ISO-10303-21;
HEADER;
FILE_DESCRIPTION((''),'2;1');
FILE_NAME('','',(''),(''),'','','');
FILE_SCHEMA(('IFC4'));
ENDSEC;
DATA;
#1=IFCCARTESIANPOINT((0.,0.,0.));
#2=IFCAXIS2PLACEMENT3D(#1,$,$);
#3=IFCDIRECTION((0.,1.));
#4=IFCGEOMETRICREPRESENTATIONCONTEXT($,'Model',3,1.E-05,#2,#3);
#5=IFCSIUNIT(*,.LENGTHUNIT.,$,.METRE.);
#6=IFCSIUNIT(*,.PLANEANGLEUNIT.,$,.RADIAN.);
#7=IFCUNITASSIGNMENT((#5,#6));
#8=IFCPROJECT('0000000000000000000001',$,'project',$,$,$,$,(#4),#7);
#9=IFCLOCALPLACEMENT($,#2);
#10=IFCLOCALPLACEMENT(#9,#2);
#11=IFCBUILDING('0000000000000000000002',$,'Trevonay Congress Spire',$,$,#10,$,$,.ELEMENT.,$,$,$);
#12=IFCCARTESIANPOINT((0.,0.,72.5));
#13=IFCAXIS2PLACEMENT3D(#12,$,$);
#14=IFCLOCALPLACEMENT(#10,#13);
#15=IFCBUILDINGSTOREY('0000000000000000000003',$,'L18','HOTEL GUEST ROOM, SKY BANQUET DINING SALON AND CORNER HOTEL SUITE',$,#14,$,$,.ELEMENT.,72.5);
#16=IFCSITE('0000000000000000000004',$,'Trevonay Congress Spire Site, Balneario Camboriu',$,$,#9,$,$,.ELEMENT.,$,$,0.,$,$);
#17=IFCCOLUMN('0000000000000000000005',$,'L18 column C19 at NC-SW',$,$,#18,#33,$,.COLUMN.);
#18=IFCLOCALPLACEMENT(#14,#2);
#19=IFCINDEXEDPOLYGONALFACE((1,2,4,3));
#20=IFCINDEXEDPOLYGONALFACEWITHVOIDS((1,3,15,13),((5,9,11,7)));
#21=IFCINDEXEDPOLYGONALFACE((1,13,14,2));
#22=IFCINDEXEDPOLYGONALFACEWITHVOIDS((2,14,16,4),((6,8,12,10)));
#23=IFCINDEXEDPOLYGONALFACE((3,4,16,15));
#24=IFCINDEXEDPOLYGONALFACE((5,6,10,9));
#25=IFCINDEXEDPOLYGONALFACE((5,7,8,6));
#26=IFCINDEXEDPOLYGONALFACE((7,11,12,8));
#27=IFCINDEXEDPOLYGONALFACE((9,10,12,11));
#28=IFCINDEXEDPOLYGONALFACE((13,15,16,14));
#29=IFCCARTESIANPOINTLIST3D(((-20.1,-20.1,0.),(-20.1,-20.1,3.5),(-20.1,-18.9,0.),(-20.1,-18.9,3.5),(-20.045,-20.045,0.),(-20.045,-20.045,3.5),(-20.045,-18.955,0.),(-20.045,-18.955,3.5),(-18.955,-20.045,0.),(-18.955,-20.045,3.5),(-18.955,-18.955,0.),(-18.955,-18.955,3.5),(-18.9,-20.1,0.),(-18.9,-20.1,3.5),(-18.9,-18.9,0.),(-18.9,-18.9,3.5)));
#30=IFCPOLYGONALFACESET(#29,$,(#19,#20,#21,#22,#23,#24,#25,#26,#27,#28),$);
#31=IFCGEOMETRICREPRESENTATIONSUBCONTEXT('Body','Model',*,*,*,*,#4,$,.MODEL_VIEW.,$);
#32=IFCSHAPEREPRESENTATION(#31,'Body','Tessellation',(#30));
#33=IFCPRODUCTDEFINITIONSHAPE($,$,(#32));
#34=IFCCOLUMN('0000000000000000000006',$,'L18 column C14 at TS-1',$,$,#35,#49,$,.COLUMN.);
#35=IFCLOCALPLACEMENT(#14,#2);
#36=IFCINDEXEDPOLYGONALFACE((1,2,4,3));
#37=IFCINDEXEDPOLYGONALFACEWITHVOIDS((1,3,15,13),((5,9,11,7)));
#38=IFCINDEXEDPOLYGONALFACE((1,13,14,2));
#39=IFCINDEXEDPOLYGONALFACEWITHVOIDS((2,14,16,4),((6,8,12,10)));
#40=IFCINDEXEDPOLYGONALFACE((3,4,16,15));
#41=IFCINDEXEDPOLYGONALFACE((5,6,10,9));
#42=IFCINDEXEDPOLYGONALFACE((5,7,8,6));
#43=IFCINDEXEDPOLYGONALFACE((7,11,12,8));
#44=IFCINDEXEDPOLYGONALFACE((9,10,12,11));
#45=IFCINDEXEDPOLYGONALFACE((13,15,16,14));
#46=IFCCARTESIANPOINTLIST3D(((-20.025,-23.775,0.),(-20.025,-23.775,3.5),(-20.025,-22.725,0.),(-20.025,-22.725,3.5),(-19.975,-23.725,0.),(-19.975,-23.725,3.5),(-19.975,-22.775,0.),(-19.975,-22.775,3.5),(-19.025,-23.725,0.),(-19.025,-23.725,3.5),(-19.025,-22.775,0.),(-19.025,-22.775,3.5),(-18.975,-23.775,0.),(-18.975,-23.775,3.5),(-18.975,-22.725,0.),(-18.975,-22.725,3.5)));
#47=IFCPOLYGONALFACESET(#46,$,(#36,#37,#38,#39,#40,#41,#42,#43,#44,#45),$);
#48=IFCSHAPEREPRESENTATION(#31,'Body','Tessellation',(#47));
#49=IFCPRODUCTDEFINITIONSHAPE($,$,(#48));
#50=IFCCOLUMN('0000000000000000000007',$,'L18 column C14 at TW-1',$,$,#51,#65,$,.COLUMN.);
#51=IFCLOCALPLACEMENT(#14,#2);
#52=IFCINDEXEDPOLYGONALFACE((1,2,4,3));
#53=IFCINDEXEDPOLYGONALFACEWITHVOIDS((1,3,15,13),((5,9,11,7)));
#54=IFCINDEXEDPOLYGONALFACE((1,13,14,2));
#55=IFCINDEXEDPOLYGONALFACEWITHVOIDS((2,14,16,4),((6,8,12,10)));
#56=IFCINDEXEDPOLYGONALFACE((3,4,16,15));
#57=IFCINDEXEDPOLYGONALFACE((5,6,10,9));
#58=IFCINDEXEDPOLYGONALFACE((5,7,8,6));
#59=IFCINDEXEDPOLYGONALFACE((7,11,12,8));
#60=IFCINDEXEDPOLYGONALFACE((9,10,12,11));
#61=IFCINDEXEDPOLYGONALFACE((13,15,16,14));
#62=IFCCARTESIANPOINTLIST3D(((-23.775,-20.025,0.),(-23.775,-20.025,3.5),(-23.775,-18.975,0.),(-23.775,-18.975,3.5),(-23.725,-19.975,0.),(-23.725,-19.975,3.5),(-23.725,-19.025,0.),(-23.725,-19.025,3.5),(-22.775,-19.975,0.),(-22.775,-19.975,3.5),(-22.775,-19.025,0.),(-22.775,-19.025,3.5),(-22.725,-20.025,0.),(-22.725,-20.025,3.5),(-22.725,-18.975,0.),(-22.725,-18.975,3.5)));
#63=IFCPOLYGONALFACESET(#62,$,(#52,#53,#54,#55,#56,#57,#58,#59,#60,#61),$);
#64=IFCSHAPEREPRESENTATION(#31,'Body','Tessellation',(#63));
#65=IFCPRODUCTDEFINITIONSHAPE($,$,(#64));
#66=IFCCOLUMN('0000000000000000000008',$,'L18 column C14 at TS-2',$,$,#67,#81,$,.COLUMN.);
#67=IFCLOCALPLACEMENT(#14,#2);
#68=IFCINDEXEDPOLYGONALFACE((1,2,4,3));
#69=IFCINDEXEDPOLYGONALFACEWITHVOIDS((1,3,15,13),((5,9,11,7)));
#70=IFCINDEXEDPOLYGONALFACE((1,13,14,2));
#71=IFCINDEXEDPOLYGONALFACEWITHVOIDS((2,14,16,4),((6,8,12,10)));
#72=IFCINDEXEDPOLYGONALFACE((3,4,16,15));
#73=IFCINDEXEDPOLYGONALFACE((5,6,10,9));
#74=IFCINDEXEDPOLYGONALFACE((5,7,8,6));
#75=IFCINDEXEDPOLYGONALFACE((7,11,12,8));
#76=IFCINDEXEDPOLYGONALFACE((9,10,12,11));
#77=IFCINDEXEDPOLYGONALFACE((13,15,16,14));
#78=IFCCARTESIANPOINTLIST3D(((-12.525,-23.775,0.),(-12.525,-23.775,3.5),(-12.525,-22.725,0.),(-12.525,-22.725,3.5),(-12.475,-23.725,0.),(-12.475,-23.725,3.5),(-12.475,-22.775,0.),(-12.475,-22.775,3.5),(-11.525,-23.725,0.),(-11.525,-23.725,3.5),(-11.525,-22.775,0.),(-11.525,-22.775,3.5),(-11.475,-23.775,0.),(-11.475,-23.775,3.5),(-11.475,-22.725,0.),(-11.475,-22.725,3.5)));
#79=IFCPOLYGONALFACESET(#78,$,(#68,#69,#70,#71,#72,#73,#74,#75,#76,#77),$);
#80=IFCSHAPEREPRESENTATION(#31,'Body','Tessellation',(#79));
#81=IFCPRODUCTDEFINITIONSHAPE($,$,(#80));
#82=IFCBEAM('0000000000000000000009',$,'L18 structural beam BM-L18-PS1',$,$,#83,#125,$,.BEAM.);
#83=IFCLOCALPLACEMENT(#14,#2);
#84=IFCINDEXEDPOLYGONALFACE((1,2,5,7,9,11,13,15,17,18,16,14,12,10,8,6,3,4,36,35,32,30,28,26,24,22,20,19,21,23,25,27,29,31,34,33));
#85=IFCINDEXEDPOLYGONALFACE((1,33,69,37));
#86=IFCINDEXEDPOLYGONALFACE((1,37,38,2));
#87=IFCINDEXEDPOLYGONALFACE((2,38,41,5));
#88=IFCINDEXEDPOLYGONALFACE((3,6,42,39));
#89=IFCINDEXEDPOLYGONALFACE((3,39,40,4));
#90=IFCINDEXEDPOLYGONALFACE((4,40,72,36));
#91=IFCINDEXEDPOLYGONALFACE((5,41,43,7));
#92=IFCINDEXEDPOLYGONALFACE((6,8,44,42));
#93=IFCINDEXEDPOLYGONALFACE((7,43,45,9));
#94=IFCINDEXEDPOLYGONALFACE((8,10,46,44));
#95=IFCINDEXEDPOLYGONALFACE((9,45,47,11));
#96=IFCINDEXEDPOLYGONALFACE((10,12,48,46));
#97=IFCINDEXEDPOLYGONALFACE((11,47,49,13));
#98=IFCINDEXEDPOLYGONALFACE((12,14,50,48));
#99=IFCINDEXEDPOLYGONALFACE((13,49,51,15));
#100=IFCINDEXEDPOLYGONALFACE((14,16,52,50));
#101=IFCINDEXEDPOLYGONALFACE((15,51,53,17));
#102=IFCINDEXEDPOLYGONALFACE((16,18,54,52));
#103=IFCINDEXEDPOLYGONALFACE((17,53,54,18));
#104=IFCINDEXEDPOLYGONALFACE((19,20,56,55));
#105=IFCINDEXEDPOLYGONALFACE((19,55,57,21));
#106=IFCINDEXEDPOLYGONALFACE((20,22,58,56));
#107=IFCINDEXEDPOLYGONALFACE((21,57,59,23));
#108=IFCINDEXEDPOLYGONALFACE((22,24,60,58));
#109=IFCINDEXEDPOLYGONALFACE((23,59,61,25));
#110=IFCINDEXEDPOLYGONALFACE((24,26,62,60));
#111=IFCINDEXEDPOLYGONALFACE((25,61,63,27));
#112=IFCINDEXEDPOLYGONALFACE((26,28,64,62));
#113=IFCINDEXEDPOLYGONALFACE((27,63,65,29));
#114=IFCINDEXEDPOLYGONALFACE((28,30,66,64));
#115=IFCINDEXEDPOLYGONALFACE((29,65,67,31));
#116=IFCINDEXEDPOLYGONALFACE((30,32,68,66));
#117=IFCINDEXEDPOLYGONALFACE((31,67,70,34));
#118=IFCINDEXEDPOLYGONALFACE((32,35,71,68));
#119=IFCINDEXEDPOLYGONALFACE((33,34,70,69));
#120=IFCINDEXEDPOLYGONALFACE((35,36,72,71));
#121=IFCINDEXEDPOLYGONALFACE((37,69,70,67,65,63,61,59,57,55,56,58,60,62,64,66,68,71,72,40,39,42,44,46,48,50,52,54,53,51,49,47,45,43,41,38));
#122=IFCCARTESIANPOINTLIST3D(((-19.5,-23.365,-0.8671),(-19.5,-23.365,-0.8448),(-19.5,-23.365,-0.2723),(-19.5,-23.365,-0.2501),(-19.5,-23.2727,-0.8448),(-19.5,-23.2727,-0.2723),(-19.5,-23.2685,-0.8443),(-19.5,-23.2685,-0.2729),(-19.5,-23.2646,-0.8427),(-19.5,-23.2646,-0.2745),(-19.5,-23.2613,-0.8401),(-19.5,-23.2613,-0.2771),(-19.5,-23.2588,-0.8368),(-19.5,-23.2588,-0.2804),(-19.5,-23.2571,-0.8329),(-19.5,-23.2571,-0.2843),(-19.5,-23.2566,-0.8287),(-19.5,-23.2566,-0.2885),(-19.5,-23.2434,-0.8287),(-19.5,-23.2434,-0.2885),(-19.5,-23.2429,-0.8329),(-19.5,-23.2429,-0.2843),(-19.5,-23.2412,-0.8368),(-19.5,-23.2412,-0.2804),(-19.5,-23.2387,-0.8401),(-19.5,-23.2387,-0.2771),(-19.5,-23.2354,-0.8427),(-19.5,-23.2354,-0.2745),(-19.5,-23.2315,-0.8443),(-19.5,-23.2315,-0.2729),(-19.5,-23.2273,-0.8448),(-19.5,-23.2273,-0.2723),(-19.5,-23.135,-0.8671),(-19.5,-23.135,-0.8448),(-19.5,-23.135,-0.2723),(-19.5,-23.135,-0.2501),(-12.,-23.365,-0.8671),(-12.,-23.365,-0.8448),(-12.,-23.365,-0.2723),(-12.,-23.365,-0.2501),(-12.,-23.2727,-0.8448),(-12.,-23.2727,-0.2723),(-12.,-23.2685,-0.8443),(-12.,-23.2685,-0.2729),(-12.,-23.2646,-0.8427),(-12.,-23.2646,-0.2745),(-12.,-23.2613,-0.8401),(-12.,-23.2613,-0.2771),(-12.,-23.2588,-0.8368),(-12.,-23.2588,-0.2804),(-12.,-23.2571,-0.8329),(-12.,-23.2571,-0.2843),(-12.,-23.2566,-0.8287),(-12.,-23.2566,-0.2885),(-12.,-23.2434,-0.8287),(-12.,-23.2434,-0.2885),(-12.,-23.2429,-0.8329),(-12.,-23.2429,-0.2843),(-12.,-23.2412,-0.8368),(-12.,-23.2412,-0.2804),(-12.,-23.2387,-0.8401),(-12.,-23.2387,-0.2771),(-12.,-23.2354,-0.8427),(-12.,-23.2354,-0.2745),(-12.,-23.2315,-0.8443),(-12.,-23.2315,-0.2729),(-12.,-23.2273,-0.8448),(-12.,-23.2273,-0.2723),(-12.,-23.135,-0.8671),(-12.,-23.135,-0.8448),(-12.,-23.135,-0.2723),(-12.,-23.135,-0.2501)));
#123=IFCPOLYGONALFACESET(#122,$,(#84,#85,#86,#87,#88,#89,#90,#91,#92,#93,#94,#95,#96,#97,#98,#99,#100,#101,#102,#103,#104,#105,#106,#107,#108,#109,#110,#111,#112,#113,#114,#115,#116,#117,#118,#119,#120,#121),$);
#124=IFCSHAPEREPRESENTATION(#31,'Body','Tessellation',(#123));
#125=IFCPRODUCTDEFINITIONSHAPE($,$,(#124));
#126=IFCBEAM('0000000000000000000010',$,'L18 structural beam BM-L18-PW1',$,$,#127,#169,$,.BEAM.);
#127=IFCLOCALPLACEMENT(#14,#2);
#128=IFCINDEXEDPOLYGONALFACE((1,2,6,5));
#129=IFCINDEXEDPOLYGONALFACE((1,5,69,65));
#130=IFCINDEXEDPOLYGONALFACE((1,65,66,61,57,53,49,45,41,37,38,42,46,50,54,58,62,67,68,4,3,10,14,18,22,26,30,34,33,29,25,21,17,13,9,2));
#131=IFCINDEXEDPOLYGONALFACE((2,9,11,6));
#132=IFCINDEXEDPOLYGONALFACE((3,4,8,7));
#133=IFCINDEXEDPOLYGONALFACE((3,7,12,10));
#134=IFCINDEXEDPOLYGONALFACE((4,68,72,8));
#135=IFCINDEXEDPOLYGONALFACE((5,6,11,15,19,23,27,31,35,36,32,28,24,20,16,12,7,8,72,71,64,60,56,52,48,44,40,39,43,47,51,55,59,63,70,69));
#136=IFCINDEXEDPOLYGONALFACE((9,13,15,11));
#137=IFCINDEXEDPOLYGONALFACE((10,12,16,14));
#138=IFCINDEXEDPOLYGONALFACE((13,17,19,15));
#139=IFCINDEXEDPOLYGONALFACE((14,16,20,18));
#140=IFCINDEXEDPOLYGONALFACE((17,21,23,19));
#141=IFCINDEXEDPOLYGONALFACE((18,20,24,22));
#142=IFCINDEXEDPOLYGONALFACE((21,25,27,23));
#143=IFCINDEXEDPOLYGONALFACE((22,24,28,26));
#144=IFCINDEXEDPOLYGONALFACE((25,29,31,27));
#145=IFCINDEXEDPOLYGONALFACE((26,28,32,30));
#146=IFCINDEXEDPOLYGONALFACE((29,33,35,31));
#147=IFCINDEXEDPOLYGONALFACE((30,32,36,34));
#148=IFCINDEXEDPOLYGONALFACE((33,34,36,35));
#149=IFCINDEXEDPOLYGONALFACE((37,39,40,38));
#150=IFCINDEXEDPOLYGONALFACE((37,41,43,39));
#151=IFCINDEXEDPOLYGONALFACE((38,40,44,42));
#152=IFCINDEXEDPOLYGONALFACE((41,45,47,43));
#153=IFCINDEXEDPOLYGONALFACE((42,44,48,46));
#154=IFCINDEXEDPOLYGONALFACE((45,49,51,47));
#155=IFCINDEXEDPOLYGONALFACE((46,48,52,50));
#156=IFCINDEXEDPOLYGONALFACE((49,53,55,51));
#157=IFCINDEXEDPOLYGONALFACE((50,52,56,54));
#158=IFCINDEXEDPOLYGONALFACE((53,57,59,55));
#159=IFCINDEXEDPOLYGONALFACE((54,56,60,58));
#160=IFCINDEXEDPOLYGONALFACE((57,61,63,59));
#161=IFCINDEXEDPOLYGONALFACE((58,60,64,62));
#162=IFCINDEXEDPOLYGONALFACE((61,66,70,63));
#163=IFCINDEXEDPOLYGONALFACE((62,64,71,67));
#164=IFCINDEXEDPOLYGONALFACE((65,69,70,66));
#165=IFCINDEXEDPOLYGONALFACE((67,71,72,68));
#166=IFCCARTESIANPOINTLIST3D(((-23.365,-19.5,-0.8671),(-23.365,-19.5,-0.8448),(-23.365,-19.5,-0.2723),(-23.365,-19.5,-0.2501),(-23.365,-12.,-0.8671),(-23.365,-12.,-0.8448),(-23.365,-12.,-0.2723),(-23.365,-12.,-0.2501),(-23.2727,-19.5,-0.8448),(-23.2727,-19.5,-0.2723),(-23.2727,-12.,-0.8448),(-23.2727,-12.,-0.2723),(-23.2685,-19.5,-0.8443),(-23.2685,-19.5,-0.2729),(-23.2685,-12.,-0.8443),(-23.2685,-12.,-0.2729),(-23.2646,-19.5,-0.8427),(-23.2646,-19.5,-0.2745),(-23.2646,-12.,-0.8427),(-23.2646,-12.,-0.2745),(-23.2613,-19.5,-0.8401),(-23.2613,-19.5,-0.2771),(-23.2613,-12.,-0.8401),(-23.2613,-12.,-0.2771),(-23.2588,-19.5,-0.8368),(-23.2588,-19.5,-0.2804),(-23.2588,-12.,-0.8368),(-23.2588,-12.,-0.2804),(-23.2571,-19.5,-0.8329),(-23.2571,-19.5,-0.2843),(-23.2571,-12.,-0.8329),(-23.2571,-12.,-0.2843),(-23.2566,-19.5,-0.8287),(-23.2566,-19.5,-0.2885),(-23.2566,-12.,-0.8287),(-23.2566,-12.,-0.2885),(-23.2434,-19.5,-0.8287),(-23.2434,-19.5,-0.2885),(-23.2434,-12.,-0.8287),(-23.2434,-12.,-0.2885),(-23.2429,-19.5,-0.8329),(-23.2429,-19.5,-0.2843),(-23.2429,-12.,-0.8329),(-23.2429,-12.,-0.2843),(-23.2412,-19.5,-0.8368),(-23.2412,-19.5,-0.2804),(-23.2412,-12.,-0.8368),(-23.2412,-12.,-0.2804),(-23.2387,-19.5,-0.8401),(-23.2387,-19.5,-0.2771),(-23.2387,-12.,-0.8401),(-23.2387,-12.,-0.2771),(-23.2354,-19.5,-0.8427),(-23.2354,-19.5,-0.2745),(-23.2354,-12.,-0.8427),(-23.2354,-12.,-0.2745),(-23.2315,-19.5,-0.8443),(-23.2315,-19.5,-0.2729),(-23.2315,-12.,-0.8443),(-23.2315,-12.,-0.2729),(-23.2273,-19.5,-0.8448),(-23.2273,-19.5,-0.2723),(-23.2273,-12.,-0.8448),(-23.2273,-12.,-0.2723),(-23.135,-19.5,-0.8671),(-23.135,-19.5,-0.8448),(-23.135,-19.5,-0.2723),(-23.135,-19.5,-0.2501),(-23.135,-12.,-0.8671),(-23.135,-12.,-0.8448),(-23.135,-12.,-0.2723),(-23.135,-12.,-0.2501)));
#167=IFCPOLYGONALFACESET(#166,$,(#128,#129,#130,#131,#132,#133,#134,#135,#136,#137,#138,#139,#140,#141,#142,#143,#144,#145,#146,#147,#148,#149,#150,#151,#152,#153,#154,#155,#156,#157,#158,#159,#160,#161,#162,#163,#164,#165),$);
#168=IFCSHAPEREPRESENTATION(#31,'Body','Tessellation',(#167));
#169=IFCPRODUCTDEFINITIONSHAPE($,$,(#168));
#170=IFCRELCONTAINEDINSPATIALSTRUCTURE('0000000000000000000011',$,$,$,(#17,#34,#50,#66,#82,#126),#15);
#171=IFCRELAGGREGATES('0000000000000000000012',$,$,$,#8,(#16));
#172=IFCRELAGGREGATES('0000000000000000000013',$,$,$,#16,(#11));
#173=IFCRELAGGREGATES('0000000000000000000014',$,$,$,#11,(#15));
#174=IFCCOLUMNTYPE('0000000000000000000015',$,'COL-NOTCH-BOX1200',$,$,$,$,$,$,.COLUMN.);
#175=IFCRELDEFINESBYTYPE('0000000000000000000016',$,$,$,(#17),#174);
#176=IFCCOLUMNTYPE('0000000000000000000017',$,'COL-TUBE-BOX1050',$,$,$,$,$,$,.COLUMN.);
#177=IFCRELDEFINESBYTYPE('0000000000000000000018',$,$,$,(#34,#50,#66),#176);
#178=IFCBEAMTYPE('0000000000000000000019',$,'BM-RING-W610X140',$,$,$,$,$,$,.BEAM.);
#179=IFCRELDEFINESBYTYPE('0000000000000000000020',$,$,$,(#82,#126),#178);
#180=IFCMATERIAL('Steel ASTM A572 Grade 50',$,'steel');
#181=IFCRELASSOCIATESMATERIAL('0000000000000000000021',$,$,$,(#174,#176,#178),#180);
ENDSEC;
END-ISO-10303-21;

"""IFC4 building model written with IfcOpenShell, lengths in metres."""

from ifc_helpers import new_model, si_unit, direction, frame, origin, origin_2d, place, context, subcontext, project, spatial, hollow_rectangle, i_section, extrude, material, material_profile, profile_set, type_object, element, save


model = new_model("IFC4")

# Units and contexts
model_context = context("Model", 3, precision=1e-05, world=origin(), true_north=direction((0.0, 1.0)))
body_context = subcontext(model_context, "Body", "Model", "MODEL_VIEW")
ifc_project = project(units=[si_unit("LENGTHUNIT", "METRE"), si_unit("PLANEANGLEUNIT", "RADIAN")], contexts=[model_context])

# Site, building, storey
site_placement = place(None, origin())
site = spatial("IfcSite", under=ifc_project, at=site_placement, Name="Trevonay Congress Spire Site, Balneario Camboriu", CompositionType="ELEMENT", RefElevation=0.0)
building_placement = place(site_placement, origin())
building = spatial("IfcBuilding", under=site, at=building_placement, Name="Trevonay Congress Spire", CompositionType="ELEMENT")
storey_placement = place(building_placement, frame((0.0, 0.0, 72.5)))
storey = spatial("IfcBuildingStorey", under=building, at=storey_placement, Name="L18", Description="HOTEL GUEST ROOM, SKY BANQUET DINING SALON AND CORNER HOTEL SUITE", CompositionType="ELEMENT", Elevation=72.5)

# Columns
ifc_material_1 = material(Name="Steel ASTM A572 Grade 50", Category="steel")
ifc_material_profile_1 = material_profile(ifc_material_1, hollow_rectangle(XDim=1.2, YDim=1.2, WallThickness=0.0549, at=origin_2d()), Name="BOX 1200x1200x55")
ifc_profile_set_1 = profile_set([ifc_material_profile_1], Name="Steel ASTM A572 Grade 50")
column_type_1 = type_object("IfcColumnType", Name="COL-NOTCH-BOX1200", PredefinedType="COLUMN", material=ifc_profile_set_1)
column_placement = place(storey_placement, frame((-19.5, -19.5, 0.0), z_axis=(0.0, 0.0, 1.0), x_axis=(1.0, 0.0, 0.0)))
element("IfcColumn", 1, at=column_placement, inside=storey, type_object=column_type_1, Name="L18 column C19 at NC-SW", PredefinedType="COLUMN", context=body_context, shape_type="SweptSolid", body=[
    extrude(hollow_rectangle(XDim=1.2, YDim=1.2, WallThickness=0.0549, at=origin_2d()), origin(), (0.0, 0.0, 1.0), 3.5),
])
ifc_material_profile_2 = material_profile(ifc_material_1, hollow_rectangle(XDim=1.05, YDim=1.05, WallThickness=0.05, at=origin_2d()), Name="BOX 1050x1050x50")
ifc_profile_set_2 = profile_set([ifc_material_profile_2], Name="Steel ASTM A572 Grade 50")
column_type_2 = type_object("IfcColumnType", Name="COL-TUBE-BOX1050", PredefinedType="COLUMN", material=ifc_profile_set_2)
for number, where, z_axis, x_axis, name in (
    (2, (-19.5, -23.25, 0.0), (0.0, 0.0, 1.0), (1.0, 0.0, 0.0), "L18 column C14 at TS-1"),
    (3, (-23.25, -19.5, 0.0), (0.0, 0.0, 1.0), (1.0, 0.0, 0.0), "L18 column C14 at TW-1"),
    (4, (-12.0, -23.25, 0.0), (0.0, 0.0, 1.0), (1.0, 0.0, 0.0), "L18 column C14 at TS-2"),
):
    element("IfcColumn", number, at=place(storey_placement, frame(where, z_axis=z_axis, x_axis=x_axis)), inside=storey, type_object=column_type_2, Name=name, PredefinedType="COLUMN", context=body_context, shape_type="SweptSolid", body=[
        extrude(hollow_rectangle(XDim=1.05, YDim=1.05, WallThickness=0.05, at=origin_2d()), origin(), (0.0, 0.0, 1.0), 3.5),
    ])

# Beams
ifc_material_profile_3 = material_profile(ifc_material_1, i_section(OverallWidth=0.23, OverallDepth=0.6169, WebThickness=0.0132, FlangeThickness=0.0222, FilletRadius=0.0161, at=origin_2d()), Name="W610x140")
ifc_profile_set_3 = profile_set([ifc_material_profile_3], Name="Steel ASTM A572 Grade 50")
beam_type = type_object("IfcBeamType", Name="BM-RING-W610X140", PredefinedType="BEAM", material=ifc_profile_set_3)
for number, where, z_axis, x_axis, name in (
    (5, (-19.5, -23.25, -0.5586), (1.0, 0.0, 0.0), (0.0, 1.0, 0.0), "L18 structural beam BM-L18-PS1"),
    (6, (-23.25, -19.5, -0.5586), (0.0, 1.0, 0.0), (-1.0, 0.0, 0.0), "L18 structural beam BM-L18-PW1"),
):
    element("IfcBeam", number, at=place(storey_placement, frame(where, z_axis=z_axis, x_axis=x_axis)), inside=storey, type_object=beam_type, Name=name, PredefinedType="BEAM", context=body_context, shape_type="SweptSolid", body=[
        extrude(i_section(OverallWidth=0.23, OverallDepth=0.6169, WebThickness=0.0132, FlangeThickness=0.0222, FilletRadius=0.0161, at=origin_2d()), origin(), (0.0, 0.0, 1.0), 7.5),
    ])

save(model, "model.ifc")
